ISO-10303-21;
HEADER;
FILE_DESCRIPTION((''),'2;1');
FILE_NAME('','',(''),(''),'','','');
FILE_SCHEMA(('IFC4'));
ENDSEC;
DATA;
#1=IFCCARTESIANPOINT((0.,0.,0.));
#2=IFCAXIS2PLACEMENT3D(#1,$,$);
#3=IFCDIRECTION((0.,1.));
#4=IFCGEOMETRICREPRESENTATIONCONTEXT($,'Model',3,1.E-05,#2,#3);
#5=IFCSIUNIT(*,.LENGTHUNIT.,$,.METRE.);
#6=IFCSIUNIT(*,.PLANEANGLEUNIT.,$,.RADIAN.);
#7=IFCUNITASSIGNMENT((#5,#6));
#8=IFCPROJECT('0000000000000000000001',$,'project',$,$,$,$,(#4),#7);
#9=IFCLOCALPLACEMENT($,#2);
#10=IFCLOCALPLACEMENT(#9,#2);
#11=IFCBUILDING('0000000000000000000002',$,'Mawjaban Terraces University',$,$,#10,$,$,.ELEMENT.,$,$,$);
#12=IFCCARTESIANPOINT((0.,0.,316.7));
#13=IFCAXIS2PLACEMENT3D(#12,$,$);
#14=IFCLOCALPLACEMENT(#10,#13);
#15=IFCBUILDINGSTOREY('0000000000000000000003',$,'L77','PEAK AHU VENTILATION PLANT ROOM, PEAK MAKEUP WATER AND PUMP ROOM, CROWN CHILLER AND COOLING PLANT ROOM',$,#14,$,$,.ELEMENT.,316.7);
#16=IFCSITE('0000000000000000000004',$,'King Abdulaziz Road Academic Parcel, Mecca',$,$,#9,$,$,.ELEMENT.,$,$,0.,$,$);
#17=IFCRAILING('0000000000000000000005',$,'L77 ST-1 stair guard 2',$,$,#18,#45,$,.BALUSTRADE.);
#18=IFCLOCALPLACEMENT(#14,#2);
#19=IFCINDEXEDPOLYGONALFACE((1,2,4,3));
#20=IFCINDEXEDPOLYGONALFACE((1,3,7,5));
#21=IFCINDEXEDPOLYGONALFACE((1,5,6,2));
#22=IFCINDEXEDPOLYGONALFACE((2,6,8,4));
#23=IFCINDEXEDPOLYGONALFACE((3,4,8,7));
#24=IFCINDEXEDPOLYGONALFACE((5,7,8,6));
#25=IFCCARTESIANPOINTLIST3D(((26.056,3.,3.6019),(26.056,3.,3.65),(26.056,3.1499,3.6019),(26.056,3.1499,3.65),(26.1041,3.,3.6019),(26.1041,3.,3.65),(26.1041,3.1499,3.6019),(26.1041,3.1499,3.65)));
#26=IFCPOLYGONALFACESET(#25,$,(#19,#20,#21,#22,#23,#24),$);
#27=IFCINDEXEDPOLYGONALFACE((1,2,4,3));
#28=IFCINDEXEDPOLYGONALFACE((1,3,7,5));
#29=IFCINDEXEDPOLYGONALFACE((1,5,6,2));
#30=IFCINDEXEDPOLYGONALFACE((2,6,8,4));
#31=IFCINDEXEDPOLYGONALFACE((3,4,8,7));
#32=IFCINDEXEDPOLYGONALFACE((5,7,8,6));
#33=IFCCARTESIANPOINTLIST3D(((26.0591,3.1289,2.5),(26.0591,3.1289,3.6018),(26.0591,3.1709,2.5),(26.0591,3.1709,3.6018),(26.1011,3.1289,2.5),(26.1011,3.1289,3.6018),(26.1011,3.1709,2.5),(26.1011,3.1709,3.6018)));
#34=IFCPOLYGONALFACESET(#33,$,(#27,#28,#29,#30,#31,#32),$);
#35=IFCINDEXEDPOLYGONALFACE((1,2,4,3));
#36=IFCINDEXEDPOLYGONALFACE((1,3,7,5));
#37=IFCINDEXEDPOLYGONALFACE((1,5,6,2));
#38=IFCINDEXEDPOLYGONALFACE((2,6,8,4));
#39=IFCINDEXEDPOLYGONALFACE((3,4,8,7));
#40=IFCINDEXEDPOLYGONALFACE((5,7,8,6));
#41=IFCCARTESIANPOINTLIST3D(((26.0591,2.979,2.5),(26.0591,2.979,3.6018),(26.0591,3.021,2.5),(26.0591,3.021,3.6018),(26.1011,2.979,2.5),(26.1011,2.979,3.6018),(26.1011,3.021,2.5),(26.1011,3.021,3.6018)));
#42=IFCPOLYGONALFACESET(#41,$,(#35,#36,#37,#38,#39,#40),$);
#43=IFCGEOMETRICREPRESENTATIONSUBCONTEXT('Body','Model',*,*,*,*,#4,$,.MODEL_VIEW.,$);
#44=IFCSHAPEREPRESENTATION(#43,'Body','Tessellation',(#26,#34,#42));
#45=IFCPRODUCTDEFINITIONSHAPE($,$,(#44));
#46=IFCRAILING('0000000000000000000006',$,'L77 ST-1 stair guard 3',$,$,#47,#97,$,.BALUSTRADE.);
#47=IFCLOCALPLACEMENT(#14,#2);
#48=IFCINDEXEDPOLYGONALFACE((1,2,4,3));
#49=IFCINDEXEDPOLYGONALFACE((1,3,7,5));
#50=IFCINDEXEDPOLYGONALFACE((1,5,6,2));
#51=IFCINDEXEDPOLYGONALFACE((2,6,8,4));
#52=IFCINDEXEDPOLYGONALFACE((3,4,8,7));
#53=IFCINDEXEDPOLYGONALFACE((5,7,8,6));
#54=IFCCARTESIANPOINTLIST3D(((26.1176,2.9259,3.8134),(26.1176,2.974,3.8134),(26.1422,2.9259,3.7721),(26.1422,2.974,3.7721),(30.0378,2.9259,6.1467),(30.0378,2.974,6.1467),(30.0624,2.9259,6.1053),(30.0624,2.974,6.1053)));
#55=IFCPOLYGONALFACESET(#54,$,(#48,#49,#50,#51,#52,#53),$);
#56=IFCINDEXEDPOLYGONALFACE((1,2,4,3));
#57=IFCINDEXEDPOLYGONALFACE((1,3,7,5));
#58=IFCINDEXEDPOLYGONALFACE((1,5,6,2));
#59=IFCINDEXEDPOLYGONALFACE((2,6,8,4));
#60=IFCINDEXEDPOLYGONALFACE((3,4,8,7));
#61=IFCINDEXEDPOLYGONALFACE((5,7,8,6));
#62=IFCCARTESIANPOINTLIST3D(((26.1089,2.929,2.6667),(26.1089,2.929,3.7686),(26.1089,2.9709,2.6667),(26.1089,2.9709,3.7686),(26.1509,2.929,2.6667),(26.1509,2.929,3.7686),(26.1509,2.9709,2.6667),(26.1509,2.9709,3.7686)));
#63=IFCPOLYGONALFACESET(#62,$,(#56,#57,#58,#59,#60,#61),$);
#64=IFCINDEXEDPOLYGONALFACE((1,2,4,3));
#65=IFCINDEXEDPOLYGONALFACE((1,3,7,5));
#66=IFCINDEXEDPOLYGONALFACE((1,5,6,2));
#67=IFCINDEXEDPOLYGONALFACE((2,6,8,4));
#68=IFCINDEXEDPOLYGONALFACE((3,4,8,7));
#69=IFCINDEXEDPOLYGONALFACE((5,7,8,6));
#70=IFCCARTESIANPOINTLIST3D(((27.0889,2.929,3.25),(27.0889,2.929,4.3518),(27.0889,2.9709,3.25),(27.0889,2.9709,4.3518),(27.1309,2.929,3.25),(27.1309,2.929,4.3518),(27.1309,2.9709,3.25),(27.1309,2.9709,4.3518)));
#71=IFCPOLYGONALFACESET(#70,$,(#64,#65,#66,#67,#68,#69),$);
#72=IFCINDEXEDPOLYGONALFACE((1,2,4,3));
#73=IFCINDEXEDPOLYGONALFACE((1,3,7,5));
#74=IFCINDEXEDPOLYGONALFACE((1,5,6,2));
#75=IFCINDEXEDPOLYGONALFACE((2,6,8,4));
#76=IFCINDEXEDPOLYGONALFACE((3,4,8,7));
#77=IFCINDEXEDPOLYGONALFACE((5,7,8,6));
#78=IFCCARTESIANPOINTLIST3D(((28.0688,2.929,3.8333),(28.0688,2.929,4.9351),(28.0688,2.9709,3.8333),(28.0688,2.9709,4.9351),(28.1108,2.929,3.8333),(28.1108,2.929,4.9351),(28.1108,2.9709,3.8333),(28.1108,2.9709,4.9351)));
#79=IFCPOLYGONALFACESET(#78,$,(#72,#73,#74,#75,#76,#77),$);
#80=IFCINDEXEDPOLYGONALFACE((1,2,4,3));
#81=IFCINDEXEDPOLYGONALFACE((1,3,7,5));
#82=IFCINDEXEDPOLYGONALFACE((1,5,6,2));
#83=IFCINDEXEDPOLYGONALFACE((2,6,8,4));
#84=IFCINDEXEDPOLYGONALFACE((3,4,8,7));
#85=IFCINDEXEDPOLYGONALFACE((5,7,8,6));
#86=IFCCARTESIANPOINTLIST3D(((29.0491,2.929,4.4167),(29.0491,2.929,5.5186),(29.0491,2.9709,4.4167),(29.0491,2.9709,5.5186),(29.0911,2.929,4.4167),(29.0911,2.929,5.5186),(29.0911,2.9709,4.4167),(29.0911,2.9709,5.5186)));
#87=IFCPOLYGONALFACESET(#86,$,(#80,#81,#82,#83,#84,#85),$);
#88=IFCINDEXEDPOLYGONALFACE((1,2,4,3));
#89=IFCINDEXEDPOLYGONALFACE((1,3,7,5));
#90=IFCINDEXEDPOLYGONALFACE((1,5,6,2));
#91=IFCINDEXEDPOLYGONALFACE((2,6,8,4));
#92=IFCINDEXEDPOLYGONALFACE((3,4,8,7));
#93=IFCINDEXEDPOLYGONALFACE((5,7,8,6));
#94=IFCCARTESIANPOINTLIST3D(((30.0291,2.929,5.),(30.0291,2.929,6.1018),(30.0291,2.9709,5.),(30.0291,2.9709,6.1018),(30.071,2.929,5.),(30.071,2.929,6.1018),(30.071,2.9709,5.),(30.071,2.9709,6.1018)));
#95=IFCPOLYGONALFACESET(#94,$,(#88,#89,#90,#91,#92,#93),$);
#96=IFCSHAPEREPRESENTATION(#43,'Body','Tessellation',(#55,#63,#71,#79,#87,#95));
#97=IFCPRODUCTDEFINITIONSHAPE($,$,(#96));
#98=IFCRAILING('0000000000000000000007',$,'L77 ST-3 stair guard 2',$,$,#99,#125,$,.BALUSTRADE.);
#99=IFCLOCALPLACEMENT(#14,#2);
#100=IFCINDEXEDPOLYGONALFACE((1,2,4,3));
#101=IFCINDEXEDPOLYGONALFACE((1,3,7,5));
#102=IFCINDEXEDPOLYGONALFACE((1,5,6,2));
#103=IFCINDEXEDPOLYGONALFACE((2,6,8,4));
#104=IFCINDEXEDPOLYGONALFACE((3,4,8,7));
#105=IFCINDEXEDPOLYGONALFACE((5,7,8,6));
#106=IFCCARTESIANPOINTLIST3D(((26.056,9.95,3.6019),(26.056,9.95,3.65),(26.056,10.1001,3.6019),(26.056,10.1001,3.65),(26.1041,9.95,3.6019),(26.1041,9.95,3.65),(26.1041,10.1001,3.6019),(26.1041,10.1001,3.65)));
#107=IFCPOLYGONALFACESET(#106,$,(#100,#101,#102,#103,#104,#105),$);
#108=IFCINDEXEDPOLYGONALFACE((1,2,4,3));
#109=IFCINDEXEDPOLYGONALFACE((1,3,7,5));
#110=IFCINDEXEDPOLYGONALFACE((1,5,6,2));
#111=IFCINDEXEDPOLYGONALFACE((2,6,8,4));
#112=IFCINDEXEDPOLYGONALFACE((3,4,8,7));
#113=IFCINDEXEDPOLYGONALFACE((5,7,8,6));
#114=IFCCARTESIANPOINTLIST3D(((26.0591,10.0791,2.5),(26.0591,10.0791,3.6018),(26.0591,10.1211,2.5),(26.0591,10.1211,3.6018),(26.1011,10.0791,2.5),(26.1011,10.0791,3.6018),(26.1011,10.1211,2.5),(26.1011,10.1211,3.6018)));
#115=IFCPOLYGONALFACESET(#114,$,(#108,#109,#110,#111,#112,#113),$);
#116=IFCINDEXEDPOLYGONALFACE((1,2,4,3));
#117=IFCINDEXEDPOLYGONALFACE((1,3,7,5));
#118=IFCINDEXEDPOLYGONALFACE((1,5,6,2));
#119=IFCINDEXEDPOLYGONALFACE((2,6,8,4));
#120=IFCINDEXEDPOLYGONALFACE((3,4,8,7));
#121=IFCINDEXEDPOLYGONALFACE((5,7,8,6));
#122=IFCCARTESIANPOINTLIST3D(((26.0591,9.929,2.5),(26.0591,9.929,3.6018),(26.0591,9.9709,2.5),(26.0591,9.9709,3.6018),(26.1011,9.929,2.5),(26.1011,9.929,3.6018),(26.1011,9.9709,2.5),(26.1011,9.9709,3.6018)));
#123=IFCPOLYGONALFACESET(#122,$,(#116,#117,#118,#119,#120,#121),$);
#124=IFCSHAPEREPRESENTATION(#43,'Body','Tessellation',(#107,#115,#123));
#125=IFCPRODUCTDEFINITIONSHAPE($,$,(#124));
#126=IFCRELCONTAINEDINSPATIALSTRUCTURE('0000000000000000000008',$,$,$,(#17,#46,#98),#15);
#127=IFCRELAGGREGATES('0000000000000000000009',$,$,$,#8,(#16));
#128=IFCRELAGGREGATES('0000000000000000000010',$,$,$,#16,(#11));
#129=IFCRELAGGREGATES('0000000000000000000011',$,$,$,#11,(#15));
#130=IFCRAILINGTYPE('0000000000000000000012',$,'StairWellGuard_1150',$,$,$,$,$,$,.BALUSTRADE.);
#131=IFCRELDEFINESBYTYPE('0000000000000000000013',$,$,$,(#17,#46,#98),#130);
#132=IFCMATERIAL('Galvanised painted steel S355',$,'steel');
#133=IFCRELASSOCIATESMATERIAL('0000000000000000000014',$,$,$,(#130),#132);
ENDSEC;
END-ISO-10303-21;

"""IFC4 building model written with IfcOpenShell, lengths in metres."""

from ifc_helpers import new_model, si_unit, direction, frame, origin, origin_2d, place, context, subcontext, project, spatial, rectangle, extrude, material, type_object, element, save


model = new_model("IFC4")

# Units and contexts
model_context = context("Model", 3, precision=1e-05, world=origin(), true_north=direction((0.0, 1.0)))
body_context = subcontext(model_context, "Body", "Model", "MODEL_VIEW")
ifc_project = project(units=[si_unit("LENGTHUNIT", "METRE"), si_unit("PLANEANGLEUNIT", "RADIAN")], contexts=[model_context])

# Site, building, storey
site_placement = place(None, origin())
site = spatial("IfcSite", under=ifc_project, at=site_placement, Name="King Abdulaziz Road Academic Parcel, Mecca", CompositionType="ELEMENT", RefElevation=0.0)
building_placement = place(site_placement, origin())
building = spatial("IfcBuilding", under=site, at=building_placement, Name="Mawjaban Terraces University", CompositionType="ELEMENT")
storey_placement = place(building_placement, frame((0.0, 0.0, 316.7)))
storey = spatial("IfcBuildingStorey", under=building, at=storey_placement, Name="L77", Description="PEAK AHU VENTILATION PLANT ROOM, PEAK MAKEUP WATER AND PUMP ROOM, CROWN CHILLER AND COOLING PLANT ROOM", CompositionType="ELEMENT", Elevation=316.7)

# Railings
ifc_material_1 = material(Name="Galvanised painted steel S355", Category="steel")
railing_type_1 = type_object("IfcRailingType", Name="StairWellGuard_1150", PredefinedType="BALUSTRADE", material=ifc_material_1)
railing_1_placement = place(storey_placement, frame((26.0801, 3.1499, 2.5)))
element("IfcRailing", 1, at=railing_1_placement, inside=storey, type_object=railing_type_1, Name="L77 ST-1 stair guard 2", PredefinedType="BALUSTRADE", context=body_context, shape_type="SweptSolid", body=[
    extrude(rectangle(XDim=0.0481, YDim=0.0481, at=origin_2d()), frame((0.0, 0.0, 1.126), z_axis=(0.0, -1.0, 0.0), x_axis=(1.0, 0.0, 0.0)), (0.0, 0.0, 1.0), 0.1499),
    extrude(rectangle(XDim=0.042, YDim=0.042, at=origin_2d()), origin(), (0.0, 0.0, 1.0), 1.1018),
    extrude(rectangle(XDim=0.042, YDim=0.042, at=origin_2d()), frame((0.0, -0.1499, 0.0)), (0.0, 0.0, 1.0), 1.1018),
])
railing_2_placement = place(storey_placement, frame((26.1299, 2.95, 2.6667)))
element("IfcRailing", 2, at=railing_2_placement, inside=storey, type_object=railing_type_1, Name="L77 ST-1 stair guard 3", PredefinedType="BALUSTRADE", context=body_context, shape_type="SweptSolid", body=[
    extrude(rectangle(XDim=0.0481, YDim=0.0481, at=origin_2d()), frame((0.0, 0.0, 1.126), z_axis=(0.85931, 0.0, 0.511455), x_axis=(0.0, 1.0, 0.0)), (0.0, 0.0, 1.0), 4.562),
    extrude(rectangle(XDim=0.042, YDim=0.042, at=origin_2d()), origin(), (0.0, 0.0, 1.0), 1.1018),
    extrude(rectangle(XDim=0.042, YDim=0.042, at=origin_2d()), frame((0.98, 0.0, 0.5833)), (0.0, 0.0, 1.0), 1.1018),
    extrude(rectangle(XDim=0.042, YDim=0.042, at=origin_2d()), frame((1.96, 0.0, 1.1665)), (0.0, 0.0, 1.0), 1.1018),
    extrude(rectangle(XDim=0.042, YDim=0.042, at=origin_2d()), frame((2.9402, 0.0, 1.75)), (0.0, 0.0, 1.0), 1.1018),
    extrude(rectangle(XDim=0.042, YDim=0.042, at=origin_2d()), frame((3.9202, 0.0, 2.3333)), (0.0, 0.0, 1.0), 1.1018),
])
railing_3_placement = place(storey_placement, frame((26.0801, 10.1001, 2.5)))
element("IfcRailing", 3, at=railing_3_placement, inside=storey, type_object=railing_type_1, Name="L77 ST-3 stair guard 2", PredefinedType="BALUSTRADE", context=body_context, shape_type="SweptSolid", body=[
    extrude(rectangle(XDim=0.0481, YDim=0.0481, at=origin_2d()), frame((0.0, 0.0, 1.126), z_axis=(0.0, -1.0, 0.0), x_axis=(1.0, 0.0, 0.0)), (0.0, 0.0, 1.0), 0.1501),
    extrude(rectangle(XDim=0.042, YDim=0.042, at=origin_2d()), origin(), (0.0, 0.0, 1.0), 1.1018),
    extrude(rectangle(XDim=0.042, YDim=0.042, at=origin_2d()), frame((0.0, -0.1501, 0.0)), (0.0, 0.0, 1.0), 1.1018),
])

save(model, "model.ifc")
